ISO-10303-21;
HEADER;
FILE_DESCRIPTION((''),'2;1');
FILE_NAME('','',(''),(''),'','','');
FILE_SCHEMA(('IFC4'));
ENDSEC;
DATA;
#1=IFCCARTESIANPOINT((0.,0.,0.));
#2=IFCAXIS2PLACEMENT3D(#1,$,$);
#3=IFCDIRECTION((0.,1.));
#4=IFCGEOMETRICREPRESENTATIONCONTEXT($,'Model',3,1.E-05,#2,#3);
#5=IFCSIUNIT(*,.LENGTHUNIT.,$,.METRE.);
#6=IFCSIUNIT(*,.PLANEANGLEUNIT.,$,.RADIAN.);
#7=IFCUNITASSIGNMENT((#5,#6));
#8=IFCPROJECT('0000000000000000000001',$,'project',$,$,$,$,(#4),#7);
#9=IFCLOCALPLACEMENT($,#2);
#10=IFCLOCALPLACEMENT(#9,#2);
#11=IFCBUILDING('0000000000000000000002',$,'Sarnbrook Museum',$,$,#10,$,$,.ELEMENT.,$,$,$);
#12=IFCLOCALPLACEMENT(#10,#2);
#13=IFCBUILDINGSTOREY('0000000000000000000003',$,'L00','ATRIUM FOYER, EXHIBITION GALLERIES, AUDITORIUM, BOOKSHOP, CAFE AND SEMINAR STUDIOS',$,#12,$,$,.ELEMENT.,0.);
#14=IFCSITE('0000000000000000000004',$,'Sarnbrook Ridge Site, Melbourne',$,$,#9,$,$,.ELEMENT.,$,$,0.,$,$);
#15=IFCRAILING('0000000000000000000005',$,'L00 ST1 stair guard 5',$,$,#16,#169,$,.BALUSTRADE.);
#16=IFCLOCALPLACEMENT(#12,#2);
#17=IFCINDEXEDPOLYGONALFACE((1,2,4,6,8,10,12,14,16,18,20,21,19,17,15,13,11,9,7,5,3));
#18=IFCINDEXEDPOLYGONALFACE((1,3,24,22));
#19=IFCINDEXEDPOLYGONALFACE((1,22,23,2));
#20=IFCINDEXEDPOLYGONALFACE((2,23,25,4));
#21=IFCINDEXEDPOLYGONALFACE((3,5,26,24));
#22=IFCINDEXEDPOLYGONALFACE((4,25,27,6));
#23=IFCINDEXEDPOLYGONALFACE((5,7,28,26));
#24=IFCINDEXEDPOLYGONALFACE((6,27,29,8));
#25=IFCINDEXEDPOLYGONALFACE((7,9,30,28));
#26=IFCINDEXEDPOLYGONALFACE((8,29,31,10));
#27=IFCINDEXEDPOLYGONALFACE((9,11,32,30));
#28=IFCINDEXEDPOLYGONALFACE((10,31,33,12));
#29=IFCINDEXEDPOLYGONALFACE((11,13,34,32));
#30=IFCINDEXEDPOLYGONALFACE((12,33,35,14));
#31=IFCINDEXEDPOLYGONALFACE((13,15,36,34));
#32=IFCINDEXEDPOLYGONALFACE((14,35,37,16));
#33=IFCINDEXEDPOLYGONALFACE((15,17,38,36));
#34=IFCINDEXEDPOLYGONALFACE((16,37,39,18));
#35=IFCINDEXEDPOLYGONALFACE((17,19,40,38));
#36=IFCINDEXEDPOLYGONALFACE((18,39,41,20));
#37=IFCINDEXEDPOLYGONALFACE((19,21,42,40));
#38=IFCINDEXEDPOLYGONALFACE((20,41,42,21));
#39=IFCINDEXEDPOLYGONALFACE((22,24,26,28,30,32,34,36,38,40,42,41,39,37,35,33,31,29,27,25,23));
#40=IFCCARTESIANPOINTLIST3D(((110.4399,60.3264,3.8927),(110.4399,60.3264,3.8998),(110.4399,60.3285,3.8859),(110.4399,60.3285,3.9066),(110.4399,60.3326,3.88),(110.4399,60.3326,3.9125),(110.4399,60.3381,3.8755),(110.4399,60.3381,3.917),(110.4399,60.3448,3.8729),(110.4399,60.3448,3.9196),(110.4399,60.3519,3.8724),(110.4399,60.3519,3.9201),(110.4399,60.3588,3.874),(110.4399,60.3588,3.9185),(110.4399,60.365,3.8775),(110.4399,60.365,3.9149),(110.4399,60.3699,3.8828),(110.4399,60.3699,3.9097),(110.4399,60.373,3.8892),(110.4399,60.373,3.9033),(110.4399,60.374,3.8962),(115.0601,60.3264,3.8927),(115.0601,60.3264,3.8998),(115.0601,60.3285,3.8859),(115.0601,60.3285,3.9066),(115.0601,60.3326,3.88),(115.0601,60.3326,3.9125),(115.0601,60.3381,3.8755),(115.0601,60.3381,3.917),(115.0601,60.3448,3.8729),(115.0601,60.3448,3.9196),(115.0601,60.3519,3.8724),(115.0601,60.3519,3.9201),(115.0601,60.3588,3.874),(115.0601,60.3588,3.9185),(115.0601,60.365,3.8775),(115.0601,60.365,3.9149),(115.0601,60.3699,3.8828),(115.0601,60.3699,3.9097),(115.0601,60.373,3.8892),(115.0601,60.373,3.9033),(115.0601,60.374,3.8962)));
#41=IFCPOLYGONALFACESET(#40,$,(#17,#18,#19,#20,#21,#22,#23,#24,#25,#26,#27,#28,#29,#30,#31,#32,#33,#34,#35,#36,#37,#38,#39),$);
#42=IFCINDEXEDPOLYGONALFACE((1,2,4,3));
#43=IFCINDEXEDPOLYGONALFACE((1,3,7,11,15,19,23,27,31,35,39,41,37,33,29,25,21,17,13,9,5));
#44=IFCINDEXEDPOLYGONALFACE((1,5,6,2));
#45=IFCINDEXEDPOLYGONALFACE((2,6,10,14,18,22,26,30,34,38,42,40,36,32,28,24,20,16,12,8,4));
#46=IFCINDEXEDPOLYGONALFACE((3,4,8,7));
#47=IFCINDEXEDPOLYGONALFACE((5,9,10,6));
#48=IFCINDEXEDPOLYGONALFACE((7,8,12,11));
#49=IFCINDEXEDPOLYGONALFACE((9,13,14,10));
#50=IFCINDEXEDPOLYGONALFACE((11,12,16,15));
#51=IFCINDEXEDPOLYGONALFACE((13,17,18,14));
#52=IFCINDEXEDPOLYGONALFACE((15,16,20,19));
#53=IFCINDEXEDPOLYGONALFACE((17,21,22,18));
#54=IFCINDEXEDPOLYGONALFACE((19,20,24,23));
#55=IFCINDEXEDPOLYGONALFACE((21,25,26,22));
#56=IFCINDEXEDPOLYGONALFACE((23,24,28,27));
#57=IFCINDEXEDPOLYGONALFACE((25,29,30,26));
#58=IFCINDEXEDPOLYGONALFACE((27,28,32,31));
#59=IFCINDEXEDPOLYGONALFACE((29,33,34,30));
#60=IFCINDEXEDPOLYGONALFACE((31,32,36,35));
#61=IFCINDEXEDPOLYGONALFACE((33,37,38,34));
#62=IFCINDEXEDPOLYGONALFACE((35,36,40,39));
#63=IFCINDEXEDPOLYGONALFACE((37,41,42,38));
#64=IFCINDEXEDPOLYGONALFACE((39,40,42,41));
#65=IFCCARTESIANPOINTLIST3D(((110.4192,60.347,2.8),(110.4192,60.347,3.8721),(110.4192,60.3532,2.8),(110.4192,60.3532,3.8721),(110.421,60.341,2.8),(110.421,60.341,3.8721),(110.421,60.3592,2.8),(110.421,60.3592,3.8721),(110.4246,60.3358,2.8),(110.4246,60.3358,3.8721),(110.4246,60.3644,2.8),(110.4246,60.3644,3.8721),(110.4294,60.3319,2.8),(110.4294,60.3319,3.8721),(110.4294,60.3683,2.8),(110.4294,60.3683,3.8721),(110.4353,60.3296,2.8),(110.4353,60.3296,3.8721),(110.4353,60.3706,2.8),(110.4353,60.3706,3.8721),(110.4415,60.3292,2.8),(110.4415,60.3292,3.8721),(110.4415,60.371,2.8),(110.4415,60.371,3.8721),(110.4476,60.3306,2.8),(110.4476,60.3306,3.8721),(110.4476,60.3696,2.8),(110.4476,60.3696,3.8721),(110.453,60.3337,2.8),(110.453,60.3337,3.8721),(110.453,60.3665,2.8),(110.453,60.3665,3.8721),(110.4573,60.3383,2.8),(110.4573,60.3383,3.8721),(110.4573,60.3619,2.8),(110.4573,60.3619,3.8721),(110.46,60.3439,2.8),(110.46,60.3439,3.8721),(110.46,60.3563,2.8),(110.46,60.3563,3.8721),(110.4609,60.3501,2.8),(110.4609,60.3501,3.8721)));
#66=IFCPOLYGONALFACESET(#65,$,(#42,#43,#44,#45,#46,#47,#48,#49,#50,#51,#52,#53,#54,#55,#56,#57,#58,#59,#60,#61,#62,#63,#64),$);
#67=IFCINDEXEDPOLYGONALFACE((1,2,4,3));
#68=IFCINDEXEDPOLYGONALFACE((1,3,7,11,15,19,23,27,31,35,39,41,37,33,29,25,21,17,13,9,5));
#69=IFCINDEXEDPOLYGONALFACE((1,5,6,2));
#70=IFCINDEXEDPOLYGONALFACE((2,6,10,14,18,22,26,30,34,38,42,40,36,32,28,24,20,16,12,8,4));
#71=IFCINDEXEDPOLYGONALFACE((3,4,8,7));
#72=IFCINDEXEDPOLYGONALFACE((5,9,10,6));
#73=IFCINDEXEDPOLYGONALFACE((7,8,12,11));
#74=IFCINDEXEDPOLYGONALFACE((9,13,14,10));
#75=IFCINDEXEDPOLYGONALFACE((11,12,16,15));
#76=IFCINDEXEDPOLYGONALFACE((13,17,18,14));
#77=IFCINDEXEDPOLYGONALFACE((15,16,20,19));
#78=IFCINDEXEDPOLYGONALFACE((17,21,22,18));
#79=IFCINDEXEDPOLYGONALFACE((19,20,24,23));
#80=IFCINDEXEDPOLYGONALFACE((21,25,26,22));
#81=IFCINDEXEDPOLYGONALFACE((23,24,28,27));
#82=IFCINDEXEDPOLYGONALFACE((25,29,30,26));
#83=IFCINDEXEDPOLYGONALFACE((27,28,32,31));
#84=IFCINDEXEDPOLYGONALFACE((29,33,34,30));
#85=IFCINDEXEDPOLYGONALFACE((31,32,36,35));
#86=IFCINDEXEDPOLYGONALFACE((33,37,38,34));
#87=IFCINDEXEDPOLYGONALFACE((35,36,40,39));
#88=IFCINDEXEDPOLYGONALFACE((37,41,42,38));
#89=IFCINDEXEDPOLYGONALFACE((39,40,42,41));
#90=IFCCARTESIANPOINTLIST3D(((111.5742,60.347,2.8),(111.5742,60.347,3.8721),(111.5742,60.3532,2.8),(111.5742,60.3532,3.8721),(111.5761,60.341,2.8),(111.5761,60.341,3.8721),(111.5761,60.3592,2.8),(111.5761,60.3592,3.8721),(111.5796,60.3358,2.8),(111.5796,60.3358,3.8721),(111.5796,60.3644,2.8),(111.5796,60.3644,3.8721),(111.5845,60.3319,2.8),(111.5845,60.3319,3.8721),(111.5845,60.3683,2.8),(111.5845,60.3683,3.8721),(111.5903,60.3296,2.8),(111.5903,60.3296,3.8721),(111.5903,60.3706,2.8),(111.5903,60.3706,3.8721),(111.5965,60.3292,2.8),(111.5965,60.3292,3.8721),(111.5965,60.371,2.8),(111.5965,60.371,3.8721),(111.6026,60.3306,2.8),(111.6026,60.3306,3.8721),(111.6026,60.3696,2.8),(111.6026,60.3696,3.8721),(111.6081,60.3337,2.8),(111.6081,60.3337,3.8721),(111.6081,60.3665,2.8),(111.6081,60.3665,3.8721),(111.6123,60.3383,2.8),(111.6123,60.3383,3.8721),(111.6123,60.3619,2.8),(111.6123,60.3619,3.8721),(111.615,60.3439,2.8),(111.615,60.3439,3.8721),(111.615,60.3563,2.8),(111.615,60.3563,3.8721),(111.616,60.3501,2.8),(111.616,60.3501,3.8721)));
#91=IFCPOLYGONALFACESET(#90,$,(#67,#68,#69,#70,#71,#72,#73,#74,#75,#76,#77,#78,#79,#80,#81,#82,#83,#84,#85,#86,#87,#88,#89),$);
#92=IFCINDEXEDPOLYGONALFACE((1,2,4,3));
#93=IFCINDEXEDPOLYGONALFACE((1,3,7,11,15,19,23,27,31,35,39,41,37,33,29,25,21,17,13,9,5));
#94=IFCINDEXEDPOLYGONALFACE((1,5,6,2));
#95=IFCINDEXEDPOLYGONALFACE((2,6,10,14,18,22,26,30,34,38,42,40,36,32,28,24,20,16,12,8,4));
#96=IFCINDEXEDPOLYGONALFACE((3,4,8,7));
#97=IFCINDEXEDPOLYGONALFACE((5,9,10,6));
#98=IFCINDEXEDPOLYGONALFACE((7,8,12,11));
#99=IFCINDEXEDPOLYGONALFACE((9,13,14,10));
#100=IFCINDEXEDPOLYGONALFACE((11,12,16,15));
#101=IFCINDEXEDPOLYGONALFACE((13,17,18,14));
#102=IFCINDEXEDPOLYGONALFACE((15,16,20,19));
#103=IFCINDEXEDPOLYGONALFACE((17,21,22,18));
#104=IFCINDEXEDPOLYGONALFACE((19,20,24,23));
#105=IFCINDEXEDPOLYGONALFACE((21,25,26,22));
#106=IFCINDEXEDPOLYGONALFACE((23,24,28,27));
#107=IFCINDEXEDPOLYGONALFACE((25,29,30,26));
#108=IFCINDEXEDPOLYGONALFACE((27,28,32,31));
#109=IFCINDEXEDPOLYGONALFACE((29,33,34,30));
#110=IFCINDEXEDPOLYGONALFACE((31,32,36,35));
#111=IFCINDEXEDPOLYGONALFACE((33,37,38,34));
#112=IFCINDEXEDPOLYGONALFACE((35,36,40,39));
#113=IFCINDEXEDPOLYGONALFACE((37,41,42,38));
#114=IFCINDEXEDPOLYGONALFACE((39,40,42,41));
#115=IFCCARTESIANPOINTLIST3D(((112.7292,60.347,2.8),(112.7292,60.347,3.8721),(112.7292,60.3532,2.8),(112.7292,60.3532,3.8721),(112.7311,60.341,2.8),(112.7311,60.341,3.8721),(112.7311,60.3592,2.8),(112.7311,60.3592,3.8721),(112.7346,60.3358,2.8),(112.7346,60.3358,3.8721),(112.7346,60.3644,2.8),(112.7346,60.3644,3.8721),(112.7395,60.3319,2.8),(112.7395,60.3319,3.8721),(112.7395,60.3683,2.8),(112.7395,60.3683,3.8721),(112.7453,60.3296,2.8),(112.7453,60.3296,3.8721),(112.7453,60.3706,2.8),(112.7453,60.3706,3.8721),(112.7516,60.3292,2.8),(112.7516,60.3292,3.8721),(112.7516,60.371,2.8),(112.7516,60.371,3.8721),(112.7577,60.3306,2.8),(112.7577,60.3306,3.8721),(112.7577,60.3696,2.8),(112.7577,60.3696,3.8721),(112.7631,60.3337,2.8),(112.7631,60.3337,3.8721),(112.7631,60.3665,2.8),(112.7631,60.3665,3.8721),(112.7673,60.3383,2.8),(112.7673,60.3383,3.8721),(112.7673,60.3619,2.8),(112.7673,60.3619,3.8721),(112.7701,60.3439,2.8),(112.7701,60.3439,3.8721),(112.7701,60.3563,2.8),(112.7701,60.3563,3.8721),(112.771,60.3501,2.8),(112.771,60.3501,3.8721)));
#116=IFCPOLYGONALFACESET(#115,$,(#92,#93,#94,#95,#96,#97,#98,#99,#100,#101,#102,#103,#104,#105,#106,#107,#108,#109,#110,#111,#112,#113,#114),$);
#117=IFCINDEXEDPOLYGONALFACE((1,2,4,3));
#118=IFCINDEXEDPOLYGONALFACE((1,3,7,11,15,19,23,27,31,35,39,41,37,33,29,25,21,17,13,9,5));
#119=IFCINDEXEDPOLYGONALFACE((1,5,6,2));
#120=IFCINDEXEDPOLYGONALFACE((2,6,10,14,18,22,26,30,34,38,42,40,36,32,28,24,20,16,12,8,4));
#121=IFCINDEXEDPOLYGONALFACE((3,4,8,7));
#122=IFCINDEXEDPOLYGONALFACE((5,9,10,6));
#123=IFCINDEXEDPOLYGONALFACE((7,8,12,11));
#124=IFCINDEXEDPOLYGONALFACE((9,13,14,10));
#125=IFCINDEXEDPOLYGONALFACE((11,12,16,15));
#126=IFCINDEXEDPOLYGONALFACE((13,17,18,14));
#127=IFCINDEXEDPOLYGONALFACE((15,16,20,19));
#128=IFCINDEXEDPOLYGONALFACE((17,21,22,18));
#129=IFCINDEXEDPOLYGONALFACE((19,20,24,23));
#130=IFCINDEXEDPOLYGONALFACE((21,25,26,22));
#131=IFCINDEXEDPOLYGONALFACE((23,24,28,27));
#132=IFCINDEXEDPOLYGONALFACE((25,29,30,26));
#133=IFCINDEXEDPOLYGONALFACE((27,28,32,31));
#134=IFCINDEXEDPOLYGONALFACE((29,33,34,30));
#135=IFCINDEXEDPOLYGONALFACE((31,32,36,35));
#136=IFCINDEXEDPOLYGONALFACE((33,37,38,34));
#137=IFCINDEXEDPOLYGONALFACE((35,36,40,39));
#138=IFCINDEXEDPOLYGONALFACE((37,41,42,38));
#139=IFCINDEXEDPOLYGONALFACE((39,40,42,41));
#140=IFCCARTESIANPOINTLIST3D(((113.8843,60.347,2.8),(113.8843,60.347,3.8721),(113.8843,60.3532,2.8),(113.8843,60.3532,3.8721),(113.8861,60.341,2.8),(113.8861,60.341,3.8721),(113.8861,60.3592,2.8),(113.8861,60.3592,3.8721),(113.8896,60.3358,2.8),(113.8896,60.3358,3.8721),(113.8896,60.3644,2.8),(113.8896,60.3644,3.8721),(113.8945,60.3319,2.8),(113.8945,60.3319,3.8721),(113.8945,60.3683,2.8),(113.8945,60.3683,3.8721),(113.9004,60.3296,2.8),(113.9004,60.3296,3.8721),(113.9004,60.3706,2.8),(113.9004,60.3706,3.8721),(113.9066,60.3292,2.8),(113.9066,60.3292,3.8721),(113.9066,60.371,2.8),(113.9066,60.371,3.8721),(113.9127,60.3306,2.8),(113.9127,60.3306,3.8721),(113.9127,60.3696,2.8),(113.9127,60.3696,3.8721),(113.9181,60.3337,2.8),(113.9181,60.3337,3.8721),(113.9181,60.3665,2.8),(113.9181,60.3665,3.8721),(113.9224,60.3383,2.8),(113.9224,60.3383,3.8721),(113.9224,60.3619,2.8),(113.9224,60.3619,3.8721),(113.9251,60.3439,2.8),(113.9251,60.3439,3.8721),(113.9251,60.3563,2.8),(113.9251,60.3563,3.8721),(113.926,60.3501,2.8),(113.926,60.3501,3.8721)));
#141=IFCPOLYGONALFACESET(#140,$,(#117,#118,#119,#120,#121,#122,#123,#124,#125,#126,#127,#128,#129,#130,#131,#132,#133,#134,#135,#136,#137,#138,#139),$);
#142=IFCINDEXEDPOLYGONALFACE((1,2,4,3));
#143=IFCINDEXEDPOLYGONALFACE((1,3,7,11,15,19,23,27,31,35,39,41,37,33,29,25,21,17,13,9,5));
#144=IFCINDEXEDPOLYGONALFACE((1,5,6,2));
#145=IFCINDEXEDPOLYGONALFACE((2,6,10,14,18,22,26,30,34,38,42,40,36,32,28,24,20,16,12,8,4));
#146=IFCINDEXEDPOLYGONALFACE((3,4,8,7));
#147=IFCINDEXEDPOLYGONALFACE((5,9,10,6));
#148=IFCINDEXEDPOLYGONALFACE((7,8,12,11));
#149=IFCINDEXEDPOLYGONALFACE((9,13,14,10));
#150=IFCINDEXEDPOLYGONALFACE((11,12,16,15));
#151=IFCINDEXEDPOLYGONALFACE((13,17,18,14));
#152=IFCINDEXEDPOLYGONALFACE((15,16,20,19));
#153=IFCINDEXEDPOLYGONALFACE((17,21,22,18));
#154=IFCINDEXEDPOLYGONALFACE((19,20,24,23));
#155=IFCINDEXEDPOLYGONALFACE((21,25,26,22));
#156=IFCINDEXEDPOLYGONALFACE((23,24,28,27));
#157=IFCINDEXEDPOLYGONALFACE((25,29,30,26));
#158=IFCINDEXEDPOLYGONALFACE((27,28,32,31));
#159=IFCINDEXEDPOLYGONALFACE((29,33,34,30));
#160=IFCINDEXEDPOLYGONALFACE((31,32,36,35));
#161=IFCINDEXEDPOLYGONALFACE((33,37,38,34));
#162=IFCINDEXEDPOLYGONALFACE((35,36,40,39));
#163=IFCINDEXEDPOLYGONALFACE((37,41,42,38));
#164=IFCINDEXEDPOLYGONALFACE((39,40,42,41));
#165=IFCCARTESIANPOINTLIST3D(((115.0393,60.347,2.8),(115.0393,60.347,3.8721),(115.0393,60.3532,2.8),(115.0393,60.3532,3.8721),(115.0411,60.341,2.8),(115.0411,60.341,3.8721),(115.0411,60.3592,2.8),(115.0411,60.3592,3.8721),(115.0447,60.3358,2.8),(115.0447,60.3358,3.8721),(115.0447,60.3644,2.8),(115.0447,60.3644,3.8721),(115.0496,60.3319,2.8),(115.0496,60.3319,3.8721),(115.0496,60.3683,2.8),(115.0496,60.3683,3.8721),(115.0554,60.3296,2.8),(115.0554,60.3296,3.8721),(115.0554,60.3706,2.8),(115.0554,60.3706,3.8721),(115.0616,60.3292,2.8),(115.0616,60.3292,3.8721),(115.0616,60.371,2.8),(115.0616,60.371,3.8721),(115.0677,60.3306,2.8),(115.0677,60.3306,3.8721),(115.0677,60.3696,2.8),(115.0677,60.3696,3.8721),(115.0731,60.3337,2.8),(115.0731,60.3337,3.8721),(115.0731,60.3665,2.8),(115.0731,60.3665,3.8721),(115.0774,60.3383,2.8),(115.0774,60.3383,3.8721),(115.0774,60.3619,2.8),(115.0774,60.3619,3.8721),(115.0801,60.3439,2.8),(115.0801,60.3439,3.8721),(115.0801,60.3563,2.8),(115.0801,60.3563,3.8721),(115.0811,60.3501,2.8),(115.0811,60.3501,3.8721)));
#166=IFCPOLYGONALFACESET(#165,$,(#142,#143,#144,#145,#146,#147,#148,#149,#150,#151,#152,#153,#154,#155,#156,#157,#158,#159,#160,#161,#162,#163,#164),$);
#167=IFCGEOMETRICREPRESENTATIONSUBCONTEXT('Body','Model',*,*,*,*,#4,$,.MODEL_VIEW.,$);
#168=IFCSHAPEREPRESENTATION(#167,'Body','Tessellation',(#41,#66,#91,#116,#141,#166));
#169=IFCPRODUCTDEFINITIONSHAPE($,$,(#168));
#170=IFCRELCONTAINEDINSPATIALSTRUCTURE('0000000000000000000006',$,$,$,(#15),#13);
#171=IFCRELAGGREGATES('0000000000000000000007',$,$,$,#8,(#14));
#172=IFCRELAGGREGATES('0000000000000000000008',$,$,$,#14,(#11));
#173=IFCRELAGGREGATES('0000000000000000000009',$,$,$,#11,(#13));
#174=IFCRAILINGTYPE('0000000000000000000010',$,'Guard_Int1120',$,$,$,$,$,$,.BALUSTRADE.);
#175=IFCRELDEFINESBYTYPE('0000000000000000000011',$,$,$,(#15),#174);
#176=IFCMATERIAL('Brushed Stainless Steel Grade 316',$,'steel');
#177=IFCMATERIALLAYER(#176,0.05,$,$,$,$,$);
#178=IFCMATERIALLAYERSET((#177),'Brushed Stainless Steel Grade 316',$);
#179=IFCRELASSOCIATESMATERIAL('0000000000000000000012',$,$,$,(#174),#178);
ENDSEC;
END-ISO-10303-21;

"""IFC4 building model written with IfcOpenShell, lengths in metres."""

from ifc_helpers import new_model, si_unit, direction, frame, origin, origin_2d, place, context, subcontext, project, spatial, circle, extrude, material, layer, layer_set, type_object, element, save


model = new_model("IFC4")

# Units and contexts
model_context = context("Model", 3, precision=1e-05, world=origin(), true_north=direction((0.0, 1.0)))
body_context = subcontext(model_context, "Body", "Model", "MODEL_VIEW")
ifc_project = project(units=[si_unit("LENGTHUNIT", "METRE"), si_unit("PLANEANGLEUNIT", "RADIAN")], contexts=[model_context])

# Site, building, storey
site_placement = place(None, origin())
site = spatial("IfcSite", under=ifc_project, at=site_placement, Name="Sarnbrook Ridge Site, Melbourne", CompositionType="ELEMENT", RefElevation=0.0)
building_placement = place(site_placement, origin())
building = spatial("IfcBuilding", under=site, at=building_placement, Name="Sarnbrook Museum", CompositionType="ELEMENT")
storey_placement = place(building_placement, origin())
storey = spatial("IfcBuildingStorey", under=building, at=storey_placement, Name="L00", Description="ATRIUM FOYER, EXHIBITION GALLERIES, AUDITORIUM, BOOKSHOP, CAFE AND SEMINAR STUDIOS", CompositionType="ELEMENT", Elevation=0.0)

# Railing
ifc_material_1 = material(Name="Brushed Stainless Steel Grade 316", Category="steel")
ifc_layer_1 = layer(ifc_material_1, 0.05)
ifc_layer_set_1 = layer_set([ifc_layer_1], Name="Brushed Stainless Steel Grade 316")
railing_type_1 = type_object("IfcRailingType", Name="Guard_Int1120", PredefinedType="BALUSTRADE", material=ifc_layer_set_1)
railing_1_placement = place(storey_placement, frame((110.4399, 60.3501, 2.8)))
element("IfcRailing", 1, at=railing_1_placement, inside=storey, type_object=railing_type_1, Name="L00 ST1 stair guard 5", PredefinedType="BALUSTRADE", context=body_context, shape_type="SweptSolid", body=[
    extrude(circle(Radius=0.0239, at=origin_2d()), frame((0.0, 0.0, 1.0962), z_axis=(1.0, 0.0, 0.0), x_axis=(0.0, 1.0, 0.0)), (0.0, 0.0, 1.0), 4.6201),
    extrude(circle(Radius=0.021, at=origin_2d()), origin(), (0.0, 0.0, 1.0), 1.072),
    extrude(circle(Radius=0.021, at=origin_2d()), frame((1.155, 0.0, 0.0)), (0.0, 0.0, 1.0), 1.072),
    extrude(circle(Radius=0.021, at=origin_2d()), frame((2.3101, 0.0, 0.0)), (0.0, 0.0, 1.0), 1.072),
    extrude(circle(Radius=0.021, at=origin_2d()), frame((3.4651, 0.0, 0.0)), (0.0, 0.0, 1.0), 1.072),
    extrude(circle(Radius=0.021, at=origin_2d()), frame((4.6201, 0.0, 0.0)), (0.0, 0.0, 1.0), 1.072),
])

save(model, "model.ifc")
